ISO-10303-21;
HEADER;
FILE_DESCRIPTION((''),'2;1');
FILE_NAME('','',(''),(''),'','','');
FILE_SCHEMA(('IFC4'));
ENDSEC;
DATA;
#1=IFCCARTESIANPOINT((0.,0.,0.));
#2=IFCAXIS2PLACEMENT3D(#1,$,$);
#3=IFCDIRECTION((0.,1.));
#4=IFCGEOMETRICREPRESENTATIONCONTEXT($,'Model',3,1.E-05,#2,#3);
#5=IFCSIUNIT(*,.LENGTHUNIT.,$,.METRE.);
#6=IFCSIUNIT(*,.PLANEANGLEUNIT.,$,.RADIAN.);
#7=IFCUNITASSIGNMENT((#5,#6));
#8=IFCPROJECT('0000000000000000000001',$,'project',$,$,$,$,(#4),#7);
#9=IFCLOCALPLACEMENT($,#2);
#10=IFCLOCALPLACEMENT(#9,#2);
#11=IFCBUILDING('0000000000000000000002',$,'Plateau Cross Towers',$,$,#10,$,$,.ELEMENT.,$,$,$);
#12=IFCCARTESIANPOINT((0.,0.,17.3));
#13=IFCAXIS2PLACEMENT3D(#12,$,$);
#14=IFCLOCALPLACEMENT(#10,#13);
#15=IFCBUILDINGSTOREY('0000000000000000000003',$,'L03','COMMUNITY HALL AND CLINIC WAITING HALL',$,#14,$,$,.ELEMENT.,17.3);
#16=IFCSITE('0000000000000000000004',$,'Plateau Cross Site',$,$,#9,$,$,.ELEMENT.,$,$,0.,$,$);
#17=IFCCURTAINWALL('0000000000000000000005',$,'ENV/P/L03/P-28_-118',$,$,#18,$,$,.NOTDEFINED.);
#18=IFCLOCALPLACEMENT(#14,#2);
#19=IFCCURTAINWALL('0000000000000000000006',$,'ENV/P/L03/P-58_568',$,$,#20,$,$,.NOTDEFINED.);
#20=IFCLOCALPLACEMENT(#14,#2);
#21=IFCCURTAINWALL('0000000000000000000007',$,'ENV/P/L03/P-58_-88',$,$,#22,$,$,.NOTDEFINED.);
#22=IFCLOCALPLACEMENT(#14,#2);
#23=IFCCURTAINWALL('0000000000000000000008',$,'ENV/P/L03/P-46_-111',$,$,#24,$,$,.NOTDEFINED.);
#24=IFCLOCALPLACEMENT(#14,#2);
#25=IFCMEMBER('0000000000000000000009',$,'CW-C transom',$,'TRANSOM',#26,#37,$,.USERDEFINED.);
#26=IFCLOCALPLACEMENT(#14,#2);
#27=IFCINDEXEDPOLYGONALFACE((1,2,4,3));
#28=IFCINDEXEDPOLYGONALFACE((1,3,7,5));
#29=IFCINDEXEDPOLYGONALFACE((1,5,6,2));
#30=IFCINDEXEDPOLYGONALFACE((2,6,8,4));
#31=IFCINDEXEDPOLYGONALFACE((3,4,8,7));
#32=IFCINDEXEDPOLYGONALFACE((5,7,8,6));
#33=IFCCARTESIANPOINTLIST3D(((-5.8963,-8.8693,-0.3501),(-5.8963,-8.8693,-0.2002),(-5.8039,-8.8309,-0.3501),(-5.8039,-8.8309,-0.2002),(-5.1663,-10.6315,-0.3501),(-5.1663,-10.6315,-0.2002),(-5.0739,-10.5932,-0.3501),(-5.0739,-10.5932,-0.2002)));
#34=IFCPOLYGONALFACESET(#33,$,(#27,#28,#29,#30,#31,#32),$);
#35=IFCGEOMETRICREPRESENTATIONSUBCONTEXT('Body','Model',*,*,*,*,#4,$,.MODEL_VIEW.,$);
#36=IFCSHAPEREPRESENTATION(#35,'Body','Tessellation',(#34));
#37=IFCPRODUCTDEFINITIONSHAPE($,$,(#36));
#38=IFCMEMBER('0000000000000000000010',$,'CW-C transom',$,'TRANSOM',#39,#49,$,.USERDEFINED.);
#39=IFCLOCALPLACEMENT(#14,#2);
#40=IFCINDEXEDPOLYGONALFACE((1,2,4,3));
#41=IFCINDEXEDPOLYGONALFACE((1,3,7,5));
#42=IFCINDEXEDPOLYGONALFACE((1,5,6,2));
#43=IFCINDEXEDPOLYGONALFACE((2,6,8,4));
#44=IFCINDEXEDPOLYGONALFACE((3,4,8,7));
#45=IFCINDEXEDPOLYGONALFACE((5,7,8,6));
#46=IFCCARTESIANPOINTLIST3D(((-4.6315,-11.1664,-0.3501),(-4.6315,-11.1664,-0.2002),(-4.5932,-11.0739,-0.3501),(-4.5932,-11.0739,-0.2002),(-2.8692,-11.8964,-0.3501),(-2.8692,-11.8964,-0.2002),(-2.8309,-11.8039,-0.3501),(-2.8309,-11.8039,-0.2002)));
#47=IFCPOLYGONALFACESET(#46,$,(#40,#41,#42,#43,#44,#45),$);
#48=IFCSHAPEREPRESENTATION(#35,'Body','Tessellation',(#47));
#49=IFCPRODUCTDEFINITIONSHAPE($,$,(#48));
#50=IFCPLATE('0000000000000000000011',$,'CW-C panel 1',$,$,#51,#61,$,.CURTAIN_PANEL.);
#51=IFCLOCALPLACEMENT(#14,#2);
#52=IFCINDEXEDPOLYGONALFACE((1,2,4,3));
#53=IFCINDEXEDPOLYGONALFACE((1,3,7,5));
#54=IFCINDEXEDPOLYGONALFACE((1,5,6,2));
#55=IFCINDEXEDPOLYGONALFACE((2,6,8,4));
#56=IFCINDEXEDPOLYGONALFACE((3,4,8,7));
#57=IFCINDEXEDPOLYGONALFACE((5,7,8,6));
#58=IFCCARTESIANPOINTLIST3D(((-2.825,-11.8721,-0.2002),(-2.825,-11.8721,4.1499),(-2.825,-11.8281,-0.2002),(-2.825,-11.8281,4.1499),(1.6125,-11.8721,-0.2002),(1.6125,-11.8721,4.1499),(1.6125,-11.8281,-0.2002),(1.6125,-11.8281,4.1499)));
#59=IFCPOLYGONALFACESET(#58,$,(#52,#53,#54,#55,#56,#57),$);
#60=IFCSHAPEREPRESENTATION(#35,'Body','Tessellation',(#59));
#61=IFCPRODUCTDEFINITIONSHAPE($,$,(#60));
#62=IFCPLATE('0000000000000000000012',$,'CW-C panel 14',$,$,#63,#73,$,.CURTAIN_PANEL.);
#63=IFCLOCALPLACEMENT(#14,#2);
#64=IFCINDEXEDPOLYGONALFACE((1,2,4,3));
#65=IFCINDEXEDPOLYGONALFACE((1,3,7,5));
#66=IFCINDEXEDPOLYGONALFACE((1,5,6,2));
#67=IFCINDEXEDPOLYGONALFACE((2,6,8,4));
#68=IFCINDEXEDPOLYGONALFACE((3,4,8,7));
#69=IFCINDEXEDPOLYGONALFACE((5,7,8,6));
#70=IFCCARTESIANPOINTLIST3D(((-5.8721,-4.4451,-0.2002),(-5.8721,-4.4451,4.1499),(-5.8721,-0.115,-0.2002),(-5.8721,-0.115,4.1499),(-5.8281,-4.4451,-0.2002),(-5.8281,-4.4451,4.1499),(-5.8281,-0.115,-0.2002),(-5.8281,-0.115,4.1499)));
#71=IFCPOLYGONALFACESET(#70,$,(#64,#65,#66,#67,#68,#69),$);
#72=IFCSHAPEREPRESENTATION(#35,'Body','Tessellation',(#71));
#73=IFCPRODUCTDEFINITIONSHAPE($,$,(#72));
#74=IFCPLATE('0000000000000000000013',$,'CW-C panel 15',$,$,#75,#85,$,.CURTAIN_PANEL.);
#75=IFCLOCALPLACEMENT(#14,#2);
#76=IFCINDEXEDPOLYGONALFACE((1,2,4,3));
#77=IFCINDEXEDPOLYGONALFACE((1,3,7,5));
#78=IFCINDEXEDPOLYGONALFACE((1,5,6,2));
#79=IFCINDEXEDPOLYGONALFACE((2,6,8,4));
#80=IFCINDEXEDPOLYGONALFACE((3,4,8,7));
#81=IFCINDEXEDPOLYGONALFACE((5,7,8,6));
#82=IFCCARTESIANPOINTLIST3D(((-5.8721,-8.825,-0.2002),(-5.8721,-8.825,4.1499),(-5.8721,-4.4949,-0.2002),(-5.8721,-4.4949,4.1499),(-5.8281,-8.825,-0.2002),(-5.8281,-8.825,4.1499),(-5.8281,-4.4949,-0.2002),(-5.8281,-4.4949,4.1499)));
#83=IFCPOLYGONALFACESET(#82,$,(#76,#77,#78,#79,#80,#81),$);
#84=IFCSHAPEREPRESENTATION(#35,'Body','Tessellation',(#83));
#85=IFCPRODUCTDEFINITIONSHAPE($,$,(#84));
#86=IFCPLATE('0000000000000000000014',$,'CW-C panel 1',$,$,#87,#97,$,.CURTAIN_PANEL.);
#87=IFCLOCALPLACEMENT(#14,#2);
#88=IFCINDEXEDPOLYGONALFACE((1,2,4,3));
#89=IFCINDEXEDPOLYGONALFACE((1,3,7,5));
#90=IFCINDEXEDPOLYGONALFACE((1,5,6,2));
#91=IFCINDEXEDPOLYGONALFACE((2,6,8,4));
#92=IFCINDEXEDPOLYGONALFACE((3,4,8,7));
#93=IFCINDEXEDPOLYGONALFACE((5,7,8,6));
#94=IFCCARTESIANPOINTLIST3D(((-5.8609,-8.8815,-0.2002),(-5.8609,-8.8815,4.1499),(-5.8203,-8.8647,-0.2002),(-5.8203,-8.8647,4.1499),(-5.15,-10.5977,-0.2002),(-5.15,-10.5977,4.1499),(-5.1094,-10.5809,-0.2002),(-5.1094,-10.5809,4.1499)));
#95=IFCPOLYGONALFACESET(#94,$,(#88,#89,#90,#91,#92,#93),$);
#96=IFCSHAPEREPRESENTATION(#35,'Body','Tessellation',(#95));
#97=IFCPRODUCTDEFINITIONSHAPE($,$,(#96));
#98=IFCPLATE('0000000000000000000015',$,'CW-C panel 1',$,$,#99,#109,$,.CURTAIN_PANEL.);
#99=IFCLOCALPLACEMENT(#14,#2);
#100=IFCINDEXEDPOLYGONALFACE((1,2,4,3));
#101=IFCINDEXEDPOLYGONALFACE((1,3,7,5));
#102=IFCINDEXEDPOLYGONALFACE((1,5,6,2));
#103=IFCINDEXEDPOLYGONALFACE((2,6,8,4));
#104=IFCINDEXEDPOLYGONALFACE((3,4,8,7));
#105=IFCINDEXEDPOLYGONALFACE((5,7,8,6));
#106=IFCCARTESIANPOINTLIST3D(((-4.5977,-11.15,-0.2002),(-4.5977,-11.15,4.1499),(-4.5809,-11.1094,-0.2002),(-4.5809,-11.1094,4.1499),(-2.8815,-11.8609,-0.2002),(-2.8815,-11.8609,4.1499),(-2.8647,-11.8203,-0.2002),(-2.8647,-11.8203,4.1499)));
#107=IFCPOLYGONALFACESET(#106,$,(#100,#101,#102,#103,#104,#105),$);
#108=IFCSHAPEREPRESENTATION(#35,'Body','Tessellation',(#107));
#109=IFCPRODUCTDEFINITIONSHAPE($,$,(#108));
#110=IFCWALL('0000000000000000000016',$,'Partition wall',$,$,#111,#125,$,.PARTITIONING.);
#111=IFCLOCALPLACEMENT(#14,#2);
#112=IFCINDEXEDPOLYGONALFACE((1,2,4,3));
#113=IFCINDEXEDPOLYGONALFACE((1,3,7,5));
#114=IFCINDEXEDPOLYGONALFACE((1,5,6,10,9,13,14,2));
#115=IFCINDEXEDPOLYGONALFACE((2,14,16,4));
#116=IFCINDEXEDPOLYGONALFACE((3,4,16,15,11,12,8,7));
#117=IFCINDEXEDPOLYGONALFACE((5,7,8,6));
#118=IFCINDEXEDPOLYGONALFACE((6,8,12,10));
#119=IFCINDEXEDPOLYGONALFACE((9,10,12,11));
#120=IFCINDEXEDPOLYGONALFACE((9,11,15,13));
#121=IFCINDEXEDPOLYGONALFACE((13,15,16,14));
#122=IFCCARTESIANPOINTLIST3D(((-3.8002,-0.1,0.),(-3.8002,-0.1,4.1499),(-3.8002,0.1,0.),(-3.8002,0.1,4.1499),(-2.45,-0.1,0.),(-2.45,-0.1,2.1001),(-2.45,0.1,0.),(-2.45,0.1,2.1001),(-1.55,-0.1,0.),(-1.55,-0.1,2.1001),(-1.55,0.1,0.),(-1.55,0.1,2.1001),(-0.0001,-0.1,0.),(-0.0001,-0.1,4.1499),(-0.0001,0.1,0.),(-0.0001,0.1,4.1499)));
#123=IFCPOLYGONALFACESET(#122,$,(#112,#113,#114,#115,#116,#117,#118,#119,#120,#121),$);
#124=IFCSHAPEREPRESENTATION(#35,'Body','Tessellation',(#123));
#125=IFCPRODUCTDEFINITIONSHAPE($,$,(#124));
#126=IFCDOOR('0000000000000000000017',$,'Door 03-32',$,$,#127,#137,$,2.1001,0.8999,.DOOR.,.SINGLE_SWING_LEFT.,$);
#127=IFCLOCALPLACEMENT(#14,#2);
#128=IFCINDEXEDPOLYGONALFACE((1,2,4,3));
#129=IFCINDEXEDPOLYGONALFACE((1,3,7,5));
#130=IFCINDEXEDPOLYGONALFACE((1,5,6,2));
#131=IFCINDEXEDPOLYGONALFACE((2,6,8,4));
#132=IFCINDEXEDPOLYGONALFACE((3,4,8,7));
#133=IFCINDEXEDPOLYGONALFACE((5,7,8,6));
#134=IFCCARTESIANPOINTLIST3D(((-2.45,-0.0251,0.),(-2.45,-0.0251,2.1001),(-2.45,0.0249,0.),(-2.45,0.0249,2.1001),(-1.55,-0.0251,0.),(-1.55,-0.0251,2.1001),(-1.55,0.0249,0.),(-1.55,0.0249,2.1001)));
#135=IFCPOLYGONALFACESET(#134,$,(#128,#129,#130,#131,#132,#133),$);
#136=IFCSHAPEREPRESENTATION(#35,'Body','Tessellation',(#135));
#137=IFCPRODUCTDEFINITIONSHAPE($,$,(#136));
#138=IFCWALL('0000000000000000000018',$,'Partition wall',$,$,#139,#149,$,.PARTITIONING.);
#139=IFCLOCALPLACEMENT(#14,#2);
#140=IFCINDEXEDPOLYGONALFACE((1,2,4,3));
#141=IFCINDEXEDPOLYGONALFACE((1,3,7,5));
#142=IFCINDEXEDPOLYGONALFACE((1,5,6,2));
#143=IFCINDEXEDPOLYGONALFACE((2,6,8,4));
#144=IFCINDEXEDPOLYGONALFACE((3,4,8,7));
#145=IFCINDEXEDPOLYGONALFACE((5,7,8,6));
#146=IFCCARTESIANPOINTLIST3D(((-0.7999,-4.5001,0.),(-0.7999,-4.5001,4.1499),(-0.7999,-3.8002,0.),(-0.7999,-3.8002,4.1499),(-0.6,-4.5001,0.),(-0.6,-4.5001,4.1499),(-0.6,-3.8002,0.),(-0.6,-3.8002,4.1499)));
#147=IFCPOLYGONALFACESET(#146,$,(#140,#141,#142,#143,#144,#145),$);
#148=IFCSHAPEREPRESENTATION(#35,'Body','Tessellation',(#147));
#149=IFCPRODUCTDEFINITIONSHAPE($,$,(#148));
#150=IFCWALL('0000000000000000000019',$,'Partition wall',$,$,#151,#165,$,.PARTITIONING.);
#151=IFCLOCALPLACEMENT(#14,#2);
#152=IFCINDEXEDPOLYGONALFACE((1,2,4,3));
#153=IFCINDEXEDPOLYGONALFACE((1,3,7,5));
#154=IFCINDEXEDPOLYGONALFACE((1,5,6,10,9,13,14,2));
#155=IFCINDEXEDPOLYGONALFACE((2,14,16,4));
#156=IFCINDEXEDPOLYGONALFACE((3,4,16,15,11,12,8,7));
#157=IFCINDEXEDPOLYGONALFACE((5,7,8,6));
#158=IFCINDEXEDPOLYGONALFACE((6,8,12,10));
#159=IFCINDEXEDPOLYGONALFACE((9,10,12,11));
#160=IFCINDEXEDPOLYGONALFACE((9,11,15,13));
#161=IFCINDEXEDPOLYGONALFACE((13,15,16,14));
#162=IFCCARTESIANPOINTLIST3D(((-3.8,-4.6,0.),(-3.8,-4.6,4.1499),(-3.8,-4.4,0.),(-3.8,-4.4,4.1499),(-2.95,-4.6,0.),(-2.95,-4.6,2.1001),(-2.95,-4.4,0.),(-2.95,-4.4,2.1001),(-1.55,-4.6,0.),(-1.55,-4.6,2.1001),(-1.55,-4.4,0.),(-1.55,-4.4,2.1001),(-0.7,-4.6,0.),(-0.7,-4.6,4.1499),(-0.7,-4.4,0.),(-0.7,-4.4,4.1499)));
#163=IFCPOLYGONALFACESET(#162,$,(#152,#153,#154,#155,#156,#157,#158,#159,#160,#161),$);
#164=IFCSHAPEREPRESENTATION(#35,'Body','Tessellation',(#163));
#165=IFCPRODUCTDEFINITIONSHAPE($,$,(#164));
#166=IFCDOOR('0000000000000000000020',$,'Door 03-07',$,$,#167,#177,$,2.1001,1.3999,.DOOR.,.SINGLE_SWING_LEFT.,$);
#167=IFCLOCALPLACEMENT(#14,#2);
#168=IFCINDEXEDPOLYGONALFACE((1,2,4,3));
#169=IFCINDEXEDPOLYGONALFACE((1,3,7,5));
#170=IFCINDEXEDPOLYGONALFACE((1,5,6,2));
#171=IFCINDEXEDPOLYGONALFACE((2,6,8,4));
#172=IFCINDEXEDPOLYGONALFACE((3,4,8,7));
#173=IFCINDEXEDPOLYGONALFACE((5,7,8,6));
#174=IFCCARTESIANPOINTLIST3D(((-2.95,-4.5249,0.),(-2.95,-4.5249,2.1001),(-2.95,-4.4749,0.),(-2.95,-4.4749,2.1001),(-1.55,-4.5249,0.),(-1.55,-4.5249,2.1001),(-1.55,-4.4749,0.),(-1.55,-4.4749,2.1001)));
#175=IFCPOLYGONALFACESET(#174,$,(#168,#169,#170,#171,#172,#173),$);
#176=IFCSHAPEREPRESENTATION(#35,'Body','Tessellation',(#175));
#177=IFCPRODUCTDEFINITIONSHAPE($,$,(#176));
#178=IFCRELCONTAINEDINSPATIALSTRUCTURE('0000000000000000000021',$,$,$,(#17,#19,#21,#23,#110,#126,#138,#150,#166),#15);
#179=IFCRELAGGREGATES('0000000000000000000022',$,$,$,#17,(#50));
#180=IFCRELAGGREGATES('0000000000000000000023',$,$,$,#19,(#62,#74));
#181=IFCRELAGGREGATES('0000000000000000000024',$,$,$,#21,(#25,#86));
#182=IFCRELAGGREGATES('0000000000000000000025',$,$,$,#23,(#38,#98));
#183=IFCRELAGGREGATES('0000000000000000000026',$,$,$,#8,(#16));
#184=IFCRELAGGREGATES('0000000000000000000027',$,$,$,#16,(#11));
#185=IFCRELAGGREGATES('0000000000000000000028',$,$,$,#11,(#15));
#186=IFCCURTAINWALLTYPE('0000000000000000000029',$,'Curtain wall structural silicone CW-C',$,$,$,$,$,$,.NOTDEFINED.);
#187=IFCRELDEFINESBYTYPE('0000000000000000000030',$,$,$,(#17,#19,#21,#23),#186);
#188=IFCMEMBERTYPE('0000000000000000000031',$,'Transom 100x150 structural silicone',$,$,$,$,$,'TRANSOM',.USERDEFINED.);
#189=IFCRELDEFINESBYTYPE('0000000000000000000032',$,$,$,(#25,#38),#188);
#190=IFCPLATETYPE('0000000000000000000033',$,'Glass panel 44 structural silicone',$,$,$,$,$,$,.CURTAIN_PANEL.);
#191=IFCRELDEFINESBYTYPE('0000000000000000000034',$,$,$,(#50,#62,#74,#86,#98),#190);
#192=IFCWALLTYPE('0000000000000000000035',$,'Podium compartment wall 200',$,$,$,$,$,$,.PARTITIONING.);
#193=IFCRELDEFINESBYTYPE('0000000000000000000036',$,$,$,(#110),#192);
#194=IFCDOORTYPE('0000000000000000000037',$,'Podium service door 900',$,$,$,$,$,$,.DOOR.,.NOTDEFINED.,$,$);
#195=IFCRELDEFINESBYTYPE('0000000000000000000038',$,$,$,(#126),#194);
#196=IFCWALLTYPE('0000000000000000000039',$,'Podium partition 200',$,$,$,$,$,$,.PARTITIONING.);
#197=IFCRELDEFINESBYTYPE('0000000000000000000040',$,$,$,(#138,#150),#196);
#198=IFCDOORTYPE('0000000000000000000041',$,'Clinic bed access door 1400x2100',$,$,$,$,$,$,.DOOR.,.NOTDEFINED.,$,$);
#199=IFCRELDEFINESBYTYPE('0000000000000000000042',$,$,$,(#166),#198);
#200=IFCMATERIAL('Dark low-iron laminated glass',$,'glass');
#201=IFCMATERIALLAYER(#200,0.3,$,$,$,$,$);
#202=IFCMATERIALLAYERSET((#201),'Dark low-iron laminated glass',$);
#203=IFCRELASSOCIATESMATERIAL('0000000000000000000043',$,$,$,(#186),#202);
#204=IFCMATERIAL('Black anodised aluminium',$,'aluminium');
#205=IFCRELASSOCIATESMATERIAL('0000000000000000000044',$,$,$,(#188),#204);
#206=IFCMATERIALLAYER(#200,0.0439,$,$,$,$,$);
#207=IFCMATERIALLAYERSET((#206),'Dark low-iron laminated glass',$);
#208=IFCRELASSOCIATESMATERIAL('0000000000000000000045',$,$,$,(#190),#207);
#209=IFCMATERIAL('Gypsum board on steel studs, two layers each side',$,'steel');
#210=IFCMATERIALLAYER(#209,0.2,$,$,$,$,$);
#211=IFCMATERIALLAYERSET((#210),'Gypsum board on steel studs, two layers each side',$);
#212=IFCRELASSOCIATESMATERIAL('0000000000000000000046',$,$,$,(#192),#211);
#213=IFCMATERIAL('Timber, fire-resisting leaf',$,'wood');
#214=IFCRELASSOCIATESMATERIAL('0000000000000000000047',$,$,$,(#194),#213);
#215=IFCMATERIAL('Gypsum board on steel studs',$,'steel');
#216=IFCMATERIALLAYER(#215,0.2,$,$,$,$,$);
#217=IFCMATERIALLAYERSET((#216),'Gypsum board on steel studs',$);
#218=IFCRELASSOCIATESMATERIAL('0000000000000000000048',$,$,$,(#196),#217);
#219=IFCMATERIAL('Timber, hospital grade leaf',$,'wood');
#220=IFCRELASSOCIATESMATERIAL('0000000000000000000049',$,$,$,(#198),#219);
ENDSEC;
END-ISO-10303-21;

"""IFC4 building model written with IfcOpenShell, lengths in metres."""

from ifc_helpers import new_model, si_unit, direction, frame, frame_2d, origin, origin_2d, place, context, subcontext, project, spatial, rectangle, extrude, material, layer, layer_set, material_profile, profile_set, type_object, element, fill, aggregate, save


model = new_model("IFC4")

# Units and contexts
model_context = context("Model", 3, precision=1e-05, world=origin(), true_north=direction((0.0, 1.0)))
body_context = subcontext(model_context, "Body", "Model", "MODEL_VIEW")
ifc_project = project(units=[si_unit("LENGTHUNIT", "METRE"), si_unit("PLANEANGLEUNIT", "RADIAN")], contexts=[model_context])

# Site, building, storey
site_placement = place(None, origin())
site = spatial("IfcSite", under=ifc_project, at=site_placement, Name="Plateau Cross Site", CompositionType="ELEMENT", RefElevation=0.0)
building_placement = place(site_placement, origin())
building = spatial("IfcBuilding", under=site, at=building_placement, Name="Plateau Cross Towers", CompositionType="ELEMENT")
storey_placement = place(building_placement, frame((0.0, 0.0, 17.3)))
storey = spatial("IfcBuildingStorey", under=building, at=storey_placement, Name="L03", Description="COMMUNITY HALL AND CLINIC WAITING HALL", CompositionType="ELEMENT", Elevation=17.3)

# Curtain wall
ifc_material_1 = material(Name="Dark low-iron laminated glass", Category="glass")
ifc_layer_1 = layer(ifc_material_1, 0.3)
ifc_layer_set_1 = layer_set([ifc_layer_1], Name="Dark low-iron laminated glass")
curtain_wall_type = type_object("IfcCurtainWallType", Name="Curtain wall structural silicone CW-C", PredefinedType="NOTDEFINED", material=ifc_layer_set_1)
curtain_wall_1_placement = place(storey_placement, origin())
curtain_wall_1 = element("IfcCurtainWall", 1, at=curtain_wall_1_placement, inside=storey, type_object=curtain_wall_type, Name="ENV/P/L03/P-28_-118", PredefinedType="NOTDEFINED")
ifc_material_2 = material(Name="Black anodised aluminium", Category="aluminium")

# Curtain walls
curtain_wall_2_placement = place(storey_placement, origin())
curtain_wall_2 = element("IfcCurtainWall", 2, at=curtain_wall_2_placement, inside=storey, type_object=curtain_wall_type, Name="ENV/P/L03/P-58_568", PredefinedType="NOTDEFINED")
curtain_wall_3_placement = place(storey_placement, origin())
curtain_wall_3 = element("IfcCurtainWall", 3, at=curtain_wall_3_placement, inside=storey, type_object=curtain_wall_type, Name="ENV/P/L03/P-58_-88", PredefinedType="NOTDEFINED")

# Curtain wall
curtain_wall_4_placement = place(storey_placement, origin())
curtain_wall_4 = element("IfcCurtainWall", 4, at=curtain_wall_4_placement, inside=storey, type_object=curtain_wall_type, Name="ENV/P/L03/P-46_-111", PredefinedType="NOTDEFINED")

# Members
ifc_material_profile_1 = material_profile(ifc_material_2, rectangle(XDim=0.1001, YDim=0.1499, at=origin_2d()), Name="TRANSOM 100x150")
ifc_profile_set_1 = profile_set([ifc_material_profile_1], Name="Black anodised aluminium")
member_type_1 = type_object("IfcMemberType", Name="Transom 100x150 structural silicone", ElementType="TRANSOM", PredefinedType="USERDEFINED", material=ifc_profile_set_1)
member_1_placement = place(storey_placement, frame((-5.8501, -8.8501, -0.2751), z_axis=(0.382706, -0.92387, 0.0), x_axis=(0.92387, 0.382706, 0.0)))
member_1 = element("IfcMember", 5, at=member_1_placement, type_object=member_type_1, Name="CW-C transom", ObjectType="TRANSOM", PredefinedType="USERDEFINED", context=body_context, shape_type="SweptSolid", body=[
    extrude(rectangle(XDim=0.1001, YDim=0.1499, at=origin_2d()), origin(), (0.0, 0.0, 1.0), 1.9075),
])
member_2_placement = place(storey_placement, frame((-4.6123, -11.1201, -0.2751), z_axis=(0.92387, -0.382706, 0.0), x_axis=(0.382706, 0.92387, 0.0)))
member_2 = element("IfcMember", 6, at=member_2_placement, type_object=member_type_1, Name="CW-C transom", ObjectType="TRANSOM", PredefinedType="USERDEFINED", context=body_context, shape_type="SweptSolid", body=[
    extrude(rectangle(XDim=0.1001, YDim=0.1499, at=origin_2d()), origin(), (0.0, 0.0, 1.0), 1.9075),
])

# Plates
ifc_layer_2 = layer(ifc_material_1, 0.0439)
ifc_layer_set_2 = layer_set([ifc_layer_2], Name="Dark low-iron laminated glass")
plate_type = type_object("IfcPlateType", Name="Glass panel 44 structural silicone", PredefinedType="CURTAIN_PANEL", material=ifc_layer_set_2)
plate_1_placement = place(storey_placement, frame((-0.6062, -11.8501, -0.2002), z_axis=(0.0, 0.0, 1.0), x_axis=(1.0, 0.0, 0.0)))
plate_1 = element("IfcPlate", 7, at=plate_1_placement, type_object=plate_type, Name="CW-C panel 1", PredefinedType="CURTAIN_PANEL", context=body_context, shape_type="SweptSolid", body=[
    extrude(rectangle(XDim=4.4375, YDim=0.0439, at=origin_2d()), origin(), (0.0, 0.0, 1.0), 4.3501),
])
aggregate(curtain_wall_1, [plate_1])
plate_2_placement = place(storey_placement, frame((-5.8501, -2.28, -0.2002), z_axis=(0.0, 0.0, 1.0), x_axis=(0.0, -1.0, 0.0)))
plate_2 = element("IfcPlate", 8, at=plate_2_placement, type_object=plate_type, Name="CW-C panel 14", PredefinedType="CURTAIN_PANEL", context=body_context, shape_type="SweptSolid", body=[
    extrude(rectangle(XDim=4.3301, YDim=0.0439, at=origin_2d()), origin(), (0.0, 0.0, 1.0), 4.3501),
])
plate_3_placement = place(storey_placement, frame((-5.8501, -6.6599, -0.2002), z_axis=(0.0, 0.0, 1.0), x_axis=(0.0, -1.0, 0.0)))
plate_3 = element("IfcPlate", 9, at=plate_3_placement, type_object=plate_type, Name="CW-C panel 15", PredefinedType="CURTAIN_PANEL", context=body_context, shape_type="SweptSolid", body=[
    extrude(rectangle(XDim=4.3301, YDim=0.0439, at=origin_2d()), origin(), (0.0, 0.0, 1.0), 4.3501),
])
aggregate(curtain_wall_2, [plate_2, plate_3])
plate_4_placement = place(storey_placement, frame((-5.4851, -9.7312, -0.2002), z_axis=(0.0, 0.0, 1.0), x_axis=(0.382684, -0.923879, 0.0)))
plate_4 = element("IfcPlate", 10, at=plate_4_placement, type_object=plate_type, Name="CW-C panel 1", PredefinedType="CURTAIN_PANEL", context=body_context, shape_type="SweptSolid", body=[
    extrude(rectangle(XDim=1.8577, YDim=0.0439, at=origin_2d()), origin(), (0.0, 0.0, 1.0), 4.3501),
])
aggregate(curtain_wall_3, [member_1, plate_4])
plate_5_placement = place(storey_placement, frame((-3.7312, -11.4851, -0.2002), z_axis=(0.0, 0.0, 1.0), x_axis=(0.923879, -0.382684, 0.0)))
plate_5 = element("IfcPlate", 11, at=plate_5_placement, type_object=plate_type, Name="CW-C panel 1", PredefinedType="CURTAIN_PANEL", context=body_context, shape_type="SweptSolid", body=[
    extrude(rectangle(XDim=1.8577, YDim=0.0439, at=origin_2d()), origin(), (0.0, 0.0, 1.0), 4.3501),
])
aggregate(curtain_wall_4, [member_2, plate_5])

# Wall, opening, door
ifc_material_3 = material(Name="Gypsum board on steel studs, two layers each side", Category="steel")
ifc_layer_3 = layer(ifc_material_3, 0.2)
ifc_layer_set_3 = layer_set([ifc_layer_3], Name="Gypsum board on steel studs, two layers each side")
wall_type_1 = type_object("IfcWallType", Name="Podium compartment wall 200", PredefinedType="PARTITIONING", material=ifc_layer_set_3)
wall_1_placement = place(storey_placement, frame((-3.8, 0.0, 0.0), z_axis=(0.0, 0.0, 1.0), x_axis=(1.0, 0.0, 0.0)))
wall_1 = element("IfcWall", 12, at=wall_1_placement, inside=storey, type_object=wall_type_1, Name="Partition wall", PredefinedType="PARTITIONING", context=body_context, shape_type="SweptSolid", body=[
    extrude(rectangle(XDim=3.8, YDim=0.2, at=frame_2d((1.8999, 0.0))), origin(), (0.0, 0.0, 1.0), 4.1499),
])
opening_1_placement = place(wall_1_placement, frame((1.3501, 0.0, 0.0)))
opening_1 = element("IfcOpeningElement", 13, at=opening_1_placement, cuts=wall_1, PredefinedType="OPENING", context=body_context, shape_type="SweptSolid", body=[
    extrude(rectangle(XDim=0.8999, YDim=2.1001, at=frame_2d((0.45, 1.05))), frame((0.0, 0.1099, 0.0), z_axis=(0.0, -1.0, 0.0), x_axis=(1.0, 0.0, 0.0)), (0.0, 0.0, 1.0), 0.22),
])
ifc_material_4 = material(Name="Timber, fire-resisting leaf", Category="wood")
door_type_1 = type_object("IfcDoorType", Name="Podium service door 900", OperationType="NOTDEFINED", PredefinedType="DOOR", material=ifc_material_4)
door_1_placement = place(opening_1_placement, origin())
door_1 = element("IfcDoor", 14, at=door_1_placement, inside=storey, type_object=door_type_1, Name="Door 03-32", OperationType="SINGLE_SWING_LEFT", OverallHeight=2.1001, OverallWidth=0.8999, PredefinedType="DOOR", context=body_context, shape_type="SweptSolid", body=[
    extrude(rectangle(XDim=0.8999, YDim=2.1001, at=frame_2d((0.45, 1.05))), frame((0.0, 0.0249, 0.0), z_axis=(0.0, -1.0, 0.0), x_axis=(1.0, 0.0, 0.0)), (0.0, 0.0, 1.0), 0.05),
])
fill(opening_1, door_1)

# Wall
ifc_material_5 = material(Name="Gypsum board on steel studs", Category="steel")
ifc_layer_4 = layer(ifc_material_5, 0.2)
ifc_layer_set_4 = layer_set([ifc_layer_4], Name="Gypsum board on steel studs")
wall_type_2 = type_object("IfcWallType", Name="Podium partition 200", PredefinedType="PARTITIONING", material=ifc_layer_set_4)
wall_2_placement = place(storey_placement, frame((-0.7, -3.8, 0.0), z_axis=(0.0, 0.0, 1.0), x_axis=(0.0, -1.0, 0.0)))
element("IfcWall", 15, at=wall_2_placement, inside=storey, type_object=wall_type_2, Name="Partition wall", PredefinedType="PARTITIONING", context=body_context, shape_type="SweptSolid", body=[
    extrude(rectangle(XDim=0.7, YDim=0.2, at=frame_2d((0.3501, 0.0))), origin(), (0.0, 0.0, 1.0), 4.1499),
])

# Wall, opening, door
wall_3_placement = place(storey_placement, frame((-0.7, -4.5, 0.0), z_axis=(0.0, 0.0, 1.0), x_axis=(-1.0, 0.0, 0.0)))
wall_3 = element("IfcWall", 16, at=wall_3_placement, inside=storey, type_object=wall_type_2, Name="Partition wall", PredefinedType="PARTITIONING", context=body_context, shape_type="SweptSolid", body=[
    extrude(rectangle(XDim=3.1001, YDim=0.2, at=frame_2d((1.55, 0.0))), origin(), (0.0, 0.0, 1.0), 4.1499),
])
opening_2_placement = place(wall_3_placement, frame((0.8501, 0.0, 0.0)))
opening_2 = element("IfcOpeningElement", 17, at=opening_2_placement, cuts=wall_3, PredefinedType="OPENING", context=body_context, shape_type="SweptSolid", body=[
    extrude(rectangle(XDim=1.3999, YDim=2.1001, at=frame_2d((0.7, 1.05))), frame((0.0, 0.1099, 0.0), z_axis=(0.0, -1.0, 0.0), x_axis=(1.0, 0.0, 0.0)), (0.0, 0.0, 1.0), 0.22),
])
ifc_material_6 = material(Name="Timber, hospital grade leaf", Category="wood")
door_type_2 = type_object("IfcDoorType", Name="Clinic bed access door 1400x2100", OperationType="NOTDEFINED", PredefinedType="DOOR", material=ifc_material_6)
door_2_placement = place(opening_2_placement, origin())
door_2 = element("IfcDoor", 18, at=door_2_placement, inside=storey, type_object=door_type_2, Name="Door 03-07", OperationType="SINGLE_SWING_LEFT", OverallHeight=2.1001, OverallWidth=1.3999, PredefinedType="DOOR", context=body_context, shape_type="SweptSolid", body=[
    extrude(rectangle(XDim=1.3999, YDim=2.1001, at=frame_2d((0.7, 1.05))), frame((0.0, 0.0249, 0.0), z_axis=(0.0, -1.0, 0.0), x_axis=(1.0, 0.0, 0.0)), (0.0, 0.0, 1.0), 0.05),
])
fill(opening_2, door_2)

save(model, "model.ifc")
